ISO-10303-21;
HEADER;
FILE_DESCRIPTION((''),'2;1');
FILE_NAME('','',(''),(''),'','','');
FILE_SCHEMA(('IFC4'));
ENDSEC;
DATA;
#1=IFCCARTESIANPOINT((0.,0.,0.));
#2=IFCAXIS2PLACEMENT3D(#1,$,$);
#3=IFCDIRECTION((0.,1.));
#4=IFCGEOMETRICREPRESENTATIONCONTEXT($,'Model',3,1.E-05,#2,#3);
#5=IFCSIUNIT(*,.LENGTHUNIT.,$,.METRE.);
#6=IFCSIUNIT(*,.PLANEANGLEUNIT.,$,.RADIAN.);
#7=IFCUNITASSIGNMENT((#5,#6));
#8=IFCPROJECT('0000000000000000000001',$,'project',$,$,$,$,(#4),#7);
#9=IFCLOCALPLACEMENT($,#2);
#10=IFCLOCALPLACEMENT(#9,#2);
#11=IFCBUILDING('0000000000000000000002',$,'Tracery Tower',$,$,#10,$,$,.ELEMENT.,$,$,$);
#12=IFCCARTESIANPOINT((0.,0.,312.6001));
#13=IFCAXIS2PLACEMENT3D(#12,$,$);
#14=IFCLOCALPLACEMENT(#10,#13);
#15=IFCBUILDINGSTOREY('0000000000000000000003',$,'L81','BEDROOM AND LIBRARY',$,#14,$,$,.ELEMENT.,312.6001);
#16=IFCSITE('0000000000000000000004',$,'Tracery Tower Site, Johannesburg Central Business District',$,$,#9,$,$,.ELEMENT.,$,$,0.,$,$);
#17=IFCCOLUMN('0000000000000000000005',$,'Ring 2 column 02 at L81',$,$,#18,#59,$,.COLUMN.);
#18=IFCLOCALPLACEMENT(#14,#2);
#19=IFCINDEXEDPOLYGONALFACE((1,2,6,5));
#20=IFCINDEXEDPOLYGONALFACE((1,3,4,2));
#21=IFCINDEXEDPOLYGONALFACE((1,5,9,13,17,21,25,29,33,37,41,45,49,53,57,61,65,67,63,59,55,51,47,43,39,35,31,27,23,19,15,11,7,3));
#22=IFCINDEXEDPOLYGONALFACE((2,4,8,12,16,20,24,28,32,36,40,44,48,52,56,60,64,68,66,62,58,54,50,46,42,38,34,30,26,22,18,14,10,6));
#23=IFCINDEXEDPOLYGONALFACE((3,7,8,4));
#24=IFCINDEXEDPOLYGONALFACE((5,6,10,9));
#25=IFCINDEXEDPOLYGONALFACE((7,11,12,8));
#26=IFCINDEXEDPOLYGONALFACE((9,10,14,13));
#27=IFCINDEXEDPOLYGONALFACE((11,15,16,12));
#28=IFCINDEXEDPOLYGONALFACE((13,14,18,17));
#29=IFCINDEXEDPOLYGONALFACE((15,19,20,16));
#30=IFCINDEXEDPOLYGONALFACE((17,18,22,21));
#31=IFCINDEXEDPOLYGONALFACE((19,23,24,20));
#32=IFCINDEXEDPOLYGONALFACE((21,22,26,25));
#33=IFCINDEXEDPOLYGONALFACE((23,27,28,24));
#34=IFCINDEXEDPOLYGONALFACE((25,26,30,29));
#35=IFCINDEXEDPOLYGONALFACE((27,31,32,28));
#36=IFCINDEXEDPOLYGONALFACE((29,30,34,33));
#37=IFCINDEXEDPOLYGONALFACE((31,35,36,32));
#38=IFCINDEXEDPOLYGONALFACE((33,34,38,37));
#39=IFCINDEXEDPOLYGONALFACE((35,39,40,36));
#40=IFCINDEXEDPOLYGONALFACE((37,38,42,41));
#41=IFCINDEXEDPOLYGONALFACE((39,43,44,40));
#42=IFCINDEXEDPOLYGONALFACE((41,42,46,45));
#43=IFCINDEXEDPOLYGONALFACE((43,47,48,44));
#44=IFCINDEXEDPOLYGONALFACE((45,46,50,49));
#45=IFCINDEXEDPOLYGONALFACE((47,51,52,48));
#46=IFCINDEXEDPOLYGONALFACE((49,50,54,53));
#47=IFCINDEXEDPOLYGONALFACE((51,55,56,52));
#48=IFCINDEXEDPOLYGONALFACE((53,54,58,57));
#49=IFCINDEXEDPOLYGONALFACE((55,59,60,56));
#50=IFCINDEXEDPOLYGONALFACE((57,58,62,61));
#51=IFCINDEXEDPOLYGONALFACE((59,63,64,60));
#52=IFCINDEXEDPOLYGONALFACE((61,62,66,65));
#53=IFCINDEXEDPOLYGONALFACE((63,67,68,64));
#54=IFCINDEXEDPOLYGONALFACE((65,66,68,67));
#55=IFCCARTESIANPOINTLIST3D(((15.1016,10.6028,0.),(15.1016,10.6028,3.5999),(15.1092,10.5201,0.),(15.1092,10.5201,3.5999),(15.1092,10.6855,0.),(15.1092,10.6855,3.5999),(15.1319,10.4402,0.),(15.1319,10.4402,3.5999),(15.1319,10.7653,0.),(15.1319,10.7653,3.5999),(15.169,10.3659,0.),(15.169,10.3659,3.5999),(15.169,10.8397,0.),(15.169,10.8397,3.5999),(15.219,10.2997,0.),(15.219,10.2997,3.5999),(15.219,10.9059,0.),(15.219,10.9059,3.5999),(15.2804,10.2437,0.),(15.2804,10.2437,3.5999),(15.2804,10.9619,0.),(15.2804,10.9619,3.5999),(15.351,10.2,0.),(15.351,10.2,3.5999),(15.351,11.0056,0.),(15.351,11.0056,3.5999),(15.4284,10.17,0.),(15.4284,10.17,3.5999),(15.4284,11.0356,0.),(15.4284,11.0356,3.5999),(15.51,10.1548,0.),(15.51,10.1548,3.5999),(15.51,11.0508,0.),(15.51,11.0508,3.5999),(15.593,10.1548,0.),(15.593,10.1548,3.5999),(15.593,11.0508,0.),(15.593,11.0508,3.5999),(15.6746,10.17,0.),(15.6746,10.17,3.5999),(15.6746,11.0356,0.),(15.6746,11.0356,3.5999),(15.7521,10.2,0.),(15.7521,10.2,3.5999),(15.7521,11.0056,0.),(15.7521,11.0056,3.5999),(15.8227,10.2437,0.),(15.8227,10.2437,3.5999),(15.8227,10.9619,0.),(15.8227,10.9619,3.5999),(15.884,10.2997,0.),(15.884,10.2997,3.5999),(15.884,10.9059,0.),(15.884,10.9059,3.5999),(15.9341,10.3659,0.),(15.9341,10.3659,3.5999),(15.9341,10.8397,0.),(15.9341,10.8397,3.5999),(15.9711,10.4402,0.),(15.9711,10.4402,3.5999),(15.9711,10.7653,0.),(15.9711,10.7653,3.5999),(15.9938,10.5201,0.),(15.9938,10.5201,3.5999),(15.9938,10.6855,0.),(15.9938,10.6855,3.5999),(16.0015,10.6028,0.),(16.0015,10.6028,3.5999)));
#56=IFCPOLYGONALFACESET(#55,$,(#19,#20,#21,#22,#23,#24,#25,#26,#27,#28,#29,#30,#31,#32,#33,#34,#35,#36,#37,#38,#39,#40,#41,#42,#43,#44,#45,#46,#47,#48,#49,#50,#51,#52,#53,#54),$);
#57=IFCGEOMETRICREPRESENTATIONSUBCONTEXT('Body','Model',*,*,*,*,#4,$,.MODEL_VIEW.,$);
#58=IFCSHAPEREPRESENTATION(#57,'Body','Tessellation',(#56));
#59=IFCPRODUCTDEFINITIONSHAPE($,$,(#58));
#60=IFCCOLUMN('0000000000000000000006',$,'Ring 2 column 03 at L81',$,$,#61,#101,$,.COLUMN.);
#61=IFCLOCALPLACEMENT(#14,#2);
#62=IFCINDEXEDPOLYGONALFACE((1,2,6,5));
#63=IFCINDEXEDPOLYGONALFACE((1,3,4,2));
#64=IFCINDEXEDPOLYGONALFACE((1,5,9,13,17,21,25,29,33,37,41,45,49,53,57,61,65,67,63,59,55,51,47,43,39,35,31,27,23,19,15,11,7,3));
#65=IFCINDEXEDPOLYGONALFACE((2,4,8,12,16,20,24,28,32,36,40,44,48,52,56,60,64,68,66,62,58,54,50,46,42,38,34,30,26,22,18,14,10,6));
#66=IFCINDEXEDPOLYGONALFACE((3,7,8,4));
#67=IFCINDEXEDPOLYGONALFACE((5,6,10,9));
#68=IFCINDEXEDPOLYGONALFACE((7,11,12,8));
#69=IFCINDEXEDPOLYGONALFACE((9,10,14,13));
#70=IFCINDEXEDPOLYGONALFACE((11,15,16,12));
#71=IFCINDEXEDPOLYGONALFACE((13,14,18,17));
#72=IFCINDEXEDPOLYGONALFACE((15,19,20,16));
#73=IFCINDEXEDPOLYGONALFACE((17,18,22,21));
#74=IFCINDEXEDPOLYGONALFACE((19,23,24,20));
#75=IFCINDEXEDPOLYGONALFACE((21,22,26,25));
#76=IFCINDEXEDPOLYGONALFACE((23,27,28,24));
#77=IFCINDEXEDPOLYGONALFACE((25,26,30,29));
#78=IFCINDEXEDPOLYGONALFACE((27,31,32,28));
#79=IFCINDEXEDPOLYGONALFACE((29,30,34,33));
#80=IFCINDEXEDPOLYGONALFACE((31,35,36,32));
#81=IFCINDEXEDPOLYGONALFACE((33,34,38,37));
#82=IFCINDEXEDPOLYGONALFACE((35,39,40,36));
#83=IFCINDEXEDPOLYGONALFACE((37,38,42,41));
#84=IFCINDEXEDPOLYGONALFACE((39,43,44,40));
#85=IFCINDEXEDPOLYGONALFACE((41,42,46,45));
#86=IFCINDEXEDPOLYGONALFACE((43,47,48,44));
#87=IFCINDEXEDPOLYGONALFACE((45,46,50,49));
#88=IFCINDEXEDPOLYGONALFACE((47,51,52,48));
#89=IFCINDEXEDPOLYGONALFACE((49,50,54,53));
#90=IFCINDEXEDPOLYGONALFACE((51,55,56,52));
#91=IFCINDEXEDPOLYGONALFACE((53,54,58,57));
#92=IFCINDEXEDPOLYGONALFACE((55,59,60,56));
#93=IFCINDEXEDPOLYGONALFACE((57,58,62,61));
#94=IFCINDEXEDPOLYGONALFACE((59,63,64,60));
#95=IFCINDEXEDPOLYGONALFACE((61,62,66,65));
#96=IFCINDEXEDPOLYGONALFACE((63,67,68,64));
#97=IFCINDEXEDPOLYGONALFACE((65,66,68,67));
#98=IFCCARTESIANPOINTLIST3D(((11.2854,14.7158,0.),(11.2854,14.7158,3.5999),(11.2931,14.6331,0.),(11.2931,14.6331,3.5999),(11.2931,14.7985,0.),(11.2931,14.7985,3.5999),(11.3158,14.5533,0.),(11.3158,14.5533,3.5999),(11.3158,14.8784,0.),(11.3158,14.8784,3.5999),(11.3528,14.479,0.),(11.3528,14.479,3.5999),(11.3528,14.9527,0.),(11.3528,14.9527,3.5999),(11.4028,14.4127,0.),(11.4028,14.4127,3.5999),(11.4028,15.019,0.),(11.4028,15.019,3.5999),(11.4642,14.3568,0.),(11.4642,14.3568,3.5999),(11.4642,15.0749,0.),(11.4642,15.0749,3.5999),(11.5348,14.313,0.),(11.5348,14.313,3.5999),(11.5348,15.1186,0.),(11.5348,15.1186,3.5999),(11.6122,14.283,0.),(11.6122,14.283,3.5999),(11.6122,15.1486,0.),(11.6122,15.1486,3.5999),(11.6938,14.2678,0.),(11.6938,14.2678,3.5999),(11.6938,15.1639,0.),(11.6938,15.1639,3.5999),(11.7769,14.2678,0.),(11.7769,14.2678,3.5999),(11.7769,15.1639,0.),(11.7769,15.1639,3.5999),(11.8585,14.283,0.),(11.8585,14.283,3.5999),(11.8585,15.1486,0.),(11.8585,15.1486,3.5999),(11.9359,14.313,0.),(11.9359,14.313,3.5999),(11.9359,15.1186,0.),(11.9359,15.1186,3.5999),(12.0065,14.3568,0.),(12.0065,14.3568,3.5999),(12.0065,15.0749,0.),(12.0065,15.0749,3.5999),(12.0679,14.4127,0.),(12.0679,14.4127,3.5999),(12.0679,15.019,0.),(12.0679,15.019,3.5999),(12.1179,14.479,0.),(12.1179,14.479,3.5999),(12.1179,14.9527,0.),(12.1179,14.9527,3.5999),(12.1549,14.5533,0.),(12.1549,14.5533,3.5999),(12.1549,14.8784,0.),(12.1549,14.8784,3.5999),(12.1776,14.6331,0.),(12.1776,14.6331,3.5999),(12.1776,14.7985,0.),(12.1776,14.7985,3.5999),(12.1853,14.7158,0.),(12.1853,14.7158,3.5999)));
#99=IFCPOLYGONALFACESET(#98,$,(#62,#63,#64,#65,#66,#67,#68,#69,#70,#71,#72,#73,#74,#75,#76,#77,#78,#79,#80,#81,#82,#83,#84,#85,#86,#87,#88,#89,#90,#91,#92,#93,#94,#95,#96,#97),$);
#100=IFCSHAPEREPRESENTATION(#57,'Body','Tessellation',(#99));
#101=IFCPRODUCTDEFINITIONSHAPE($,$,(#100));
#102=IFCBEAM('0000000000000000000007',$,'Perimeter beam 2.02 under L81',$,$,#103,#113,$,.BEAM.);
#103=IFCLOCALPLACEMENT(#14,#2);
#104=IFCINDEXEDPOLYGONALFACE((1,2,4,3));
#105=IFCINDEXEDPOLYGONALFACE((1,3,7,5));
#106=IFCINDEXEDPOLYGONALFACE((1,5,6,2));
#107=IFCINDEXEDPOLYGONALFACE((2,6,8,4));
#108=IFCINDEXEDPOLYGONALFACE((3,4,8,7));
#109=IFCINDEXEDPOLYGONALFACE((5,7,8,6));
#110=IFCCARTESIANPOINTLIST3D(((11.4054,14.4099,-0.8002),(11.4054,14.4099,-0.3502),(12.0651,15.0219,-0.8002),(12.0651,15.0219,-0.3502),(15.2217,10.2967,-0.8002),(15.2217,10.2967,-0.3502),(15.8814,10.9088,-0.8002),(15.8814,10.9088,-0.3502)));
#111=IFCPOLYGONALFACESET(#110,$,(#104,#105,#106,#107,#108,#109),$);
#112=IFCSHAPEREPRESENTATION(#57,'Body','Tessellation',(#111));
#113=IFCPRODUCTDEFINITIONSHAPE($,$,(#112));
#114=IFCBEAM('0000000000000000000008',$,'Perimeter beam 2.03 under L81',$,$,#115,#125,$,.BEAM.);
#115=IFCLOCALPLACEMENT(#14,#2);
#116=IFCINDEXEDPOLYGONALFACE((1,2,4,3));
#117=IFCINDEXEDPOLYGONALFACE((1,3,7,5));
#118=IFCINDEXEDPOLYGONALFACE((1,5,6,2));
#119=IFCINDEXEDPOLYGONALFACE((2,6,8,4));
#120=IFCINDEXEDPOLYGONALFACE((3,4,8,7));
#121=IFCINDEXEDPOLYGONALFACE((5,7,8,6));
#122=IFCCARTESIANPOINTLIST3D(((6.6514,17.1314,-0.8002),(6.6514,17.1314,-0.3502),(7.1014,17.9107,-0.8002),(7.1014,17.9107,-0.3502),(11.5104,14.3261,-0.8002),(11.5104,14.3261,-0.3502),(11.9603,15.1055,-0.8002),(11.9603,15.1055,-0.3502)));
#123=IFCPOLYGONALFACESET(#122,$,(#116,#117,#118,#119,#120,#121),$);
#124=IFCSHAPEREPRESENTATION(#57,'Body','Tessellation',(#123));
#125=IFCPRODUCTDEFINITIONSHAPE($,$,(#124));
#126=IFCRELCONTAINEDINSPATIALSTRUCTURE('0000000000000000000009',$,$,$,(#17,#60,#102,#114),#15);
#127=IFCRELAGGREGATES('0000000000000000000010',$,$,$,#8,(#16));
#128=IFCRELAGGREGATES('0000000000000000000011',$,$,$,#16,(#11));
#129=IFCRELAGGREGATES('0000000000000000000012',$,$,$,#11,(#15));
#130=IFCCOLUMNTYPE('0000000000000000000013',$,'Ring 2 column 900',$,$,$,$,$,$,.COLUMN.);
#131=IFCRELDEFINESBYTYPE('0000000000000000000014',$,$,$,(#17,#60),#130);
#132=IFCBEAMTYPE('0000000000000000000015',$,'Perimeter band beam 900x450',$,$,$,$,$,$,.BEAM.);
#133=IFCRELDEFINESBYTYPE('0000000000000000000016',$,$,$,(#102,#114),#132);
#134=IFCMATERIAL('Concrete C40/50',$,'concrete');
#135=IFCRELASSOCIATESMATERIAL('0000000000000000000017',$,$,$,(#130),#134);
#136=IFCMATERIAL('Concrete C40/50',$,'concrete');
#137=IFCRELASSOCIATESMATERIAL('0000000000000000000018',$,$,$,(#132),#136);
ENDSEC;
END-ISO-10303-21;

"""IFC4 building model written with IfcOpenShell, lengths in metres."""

from ifc_helpers import new_model, si_unit, direction, frame, origin, origin_2d, place, context, subcontext, project, spatial, rectangle, circle, extrude, material, material_profile, profile_set, type_object, element, save


model = new_model("IFC4")

# Units and contexts
model_context = context("Model", 3, precision=1e-05, world=origin(), true_north=direction((0.0, 1.0)))
body_context = subcontext(model_context, "Body", "Model", "MODEL_VIEW")
ifc_project = project(units=[si_unit("LENGTHUNIT", "METRE"), si_unit("PLANEANGLEUNIT", "RADIAN")], contexts=[model_context])

# Site, building, storey
site_placement = place(None, origin())
site = spatial("IfcSite", under=ifc_project, at=site_placement, Name="Tracery Tower Site, Johannesburg Central Business District", CompositionType="ELEMENT", RefElevation=0.0)
building_placement = place(site_placement, origin())
building = spatial("IfcBuilding", under=site, at=building_placement, Name="Tracery Tower", CompositionType="ELEMENT")
storey_placement = place(building_placement, frame((0.0, 0.0, 312.6001)))
storey = spatial("IfcBuildingStorey", under=building, at=storey_placement, Name="L81", Description="BEDROOM AND LIBRARY", CompositionType="ELEMENT", Elevation=312.6001)

# Columns
ifc_material_1 = material(Name="Concrete C40/50", Category="concrete")
ifc_material_profile_1 = material_profile(ifc_material_1, circle(Radius=0.45, at=origin_2d()), Name="RC D900")
ifc_profile_set_1 = profile_set([ifc_material_profile_1], Name="Concrete C40/50")
column_type = type_object("IfcColumnType", Name="Ring 2 column 900", PredefinedType="COLUMN", material=ifc_profile_set_1)
for number, where, z_axis, x_axis, name in (
    (1, (15.5515, 10.6028, 0.0), (0.0, 0.0, 1.0), (1.0, 0.0, 0.0), "Ring 2 column 02 at L81"),
    (2, (11.7354, 14.7158, 0.0), (0.0, 0.0, 1.0), (1.0, 0.0, 0.0), "Ring 2 column 03 at L81"),
):
    element("IfcColumn", number, at=place(storey_placement, frame(where, z_axis=z_axis, x_axis=x_axis)), inside=storey, type_object=column_type, Name=name, PredefinedType="COLUMN", context=body_context, shape_type="SweptSolid", body=[
        extrude(circle(Radius=0.45, at=origin_2d()), origin(), (0.0, 0.0, 1.0), 3.5999),
    ])

# Beams
ifc_material_2 = material(Name="Concrete C40/50", Category="concrete")
ifc_material_profile_2 = material_profile(ifc_material_2, rectangle(XDim=0.8999, YDim=0.45, at=origin_2d()), Name="RC 900x450")
ifc_profile_set_2 = profile_set([ifc_material_profile_2], Name="Concrete C40/50")
beam_type = type_object("IfcBeamType", Name="Perimeter band beam 900x450", PredefinedType="BEAM", material=ifc_profile_set_2)
beam_1_placement = place(storey_placement, frame((15.5515, 10.6028, -0.5752), z_axis=(-0.680156, 0.733068, 0.0), x_axis=(-0.733068, -0.680156, 0.0)))
element("IfcBeam", 3, at=beam_1_placement, inside=storey, type_object=beam_type, Name="Perimeter beam 2.02 under L81", PredefinedType="BEAM", context=body_context, shape_type="SweptSolid", body=[
    extrude(rectangle(XDim=0.8999, YDim=0.45, at=origin_2d()), origin(), (0.0, 0.0, 1.0), 5.6108),
])
beam_2_placement = place(storey_placement, frame((11.7354, 14.7158, -0.5752), z_axis=(-0.866033, 0.499986, 0.0), x_axis=(-0.499986, -0.866033, 0.0)))
element("IfcBeam", 4, at=beam_2_placement, inside=storey, type_object=beam_type, Name="Perimeter beam 2.03 under L81", PredefinedType="BEAM", context=body_context, shape_type="SweptSolid", body=[
    extrude(rectangle(XDim=0.8999, YDim=0.45, at=origin_2d()), origin(), (0.0, 0.0, 1.0), 5.6106),
])

save(model, "model.ifc")
